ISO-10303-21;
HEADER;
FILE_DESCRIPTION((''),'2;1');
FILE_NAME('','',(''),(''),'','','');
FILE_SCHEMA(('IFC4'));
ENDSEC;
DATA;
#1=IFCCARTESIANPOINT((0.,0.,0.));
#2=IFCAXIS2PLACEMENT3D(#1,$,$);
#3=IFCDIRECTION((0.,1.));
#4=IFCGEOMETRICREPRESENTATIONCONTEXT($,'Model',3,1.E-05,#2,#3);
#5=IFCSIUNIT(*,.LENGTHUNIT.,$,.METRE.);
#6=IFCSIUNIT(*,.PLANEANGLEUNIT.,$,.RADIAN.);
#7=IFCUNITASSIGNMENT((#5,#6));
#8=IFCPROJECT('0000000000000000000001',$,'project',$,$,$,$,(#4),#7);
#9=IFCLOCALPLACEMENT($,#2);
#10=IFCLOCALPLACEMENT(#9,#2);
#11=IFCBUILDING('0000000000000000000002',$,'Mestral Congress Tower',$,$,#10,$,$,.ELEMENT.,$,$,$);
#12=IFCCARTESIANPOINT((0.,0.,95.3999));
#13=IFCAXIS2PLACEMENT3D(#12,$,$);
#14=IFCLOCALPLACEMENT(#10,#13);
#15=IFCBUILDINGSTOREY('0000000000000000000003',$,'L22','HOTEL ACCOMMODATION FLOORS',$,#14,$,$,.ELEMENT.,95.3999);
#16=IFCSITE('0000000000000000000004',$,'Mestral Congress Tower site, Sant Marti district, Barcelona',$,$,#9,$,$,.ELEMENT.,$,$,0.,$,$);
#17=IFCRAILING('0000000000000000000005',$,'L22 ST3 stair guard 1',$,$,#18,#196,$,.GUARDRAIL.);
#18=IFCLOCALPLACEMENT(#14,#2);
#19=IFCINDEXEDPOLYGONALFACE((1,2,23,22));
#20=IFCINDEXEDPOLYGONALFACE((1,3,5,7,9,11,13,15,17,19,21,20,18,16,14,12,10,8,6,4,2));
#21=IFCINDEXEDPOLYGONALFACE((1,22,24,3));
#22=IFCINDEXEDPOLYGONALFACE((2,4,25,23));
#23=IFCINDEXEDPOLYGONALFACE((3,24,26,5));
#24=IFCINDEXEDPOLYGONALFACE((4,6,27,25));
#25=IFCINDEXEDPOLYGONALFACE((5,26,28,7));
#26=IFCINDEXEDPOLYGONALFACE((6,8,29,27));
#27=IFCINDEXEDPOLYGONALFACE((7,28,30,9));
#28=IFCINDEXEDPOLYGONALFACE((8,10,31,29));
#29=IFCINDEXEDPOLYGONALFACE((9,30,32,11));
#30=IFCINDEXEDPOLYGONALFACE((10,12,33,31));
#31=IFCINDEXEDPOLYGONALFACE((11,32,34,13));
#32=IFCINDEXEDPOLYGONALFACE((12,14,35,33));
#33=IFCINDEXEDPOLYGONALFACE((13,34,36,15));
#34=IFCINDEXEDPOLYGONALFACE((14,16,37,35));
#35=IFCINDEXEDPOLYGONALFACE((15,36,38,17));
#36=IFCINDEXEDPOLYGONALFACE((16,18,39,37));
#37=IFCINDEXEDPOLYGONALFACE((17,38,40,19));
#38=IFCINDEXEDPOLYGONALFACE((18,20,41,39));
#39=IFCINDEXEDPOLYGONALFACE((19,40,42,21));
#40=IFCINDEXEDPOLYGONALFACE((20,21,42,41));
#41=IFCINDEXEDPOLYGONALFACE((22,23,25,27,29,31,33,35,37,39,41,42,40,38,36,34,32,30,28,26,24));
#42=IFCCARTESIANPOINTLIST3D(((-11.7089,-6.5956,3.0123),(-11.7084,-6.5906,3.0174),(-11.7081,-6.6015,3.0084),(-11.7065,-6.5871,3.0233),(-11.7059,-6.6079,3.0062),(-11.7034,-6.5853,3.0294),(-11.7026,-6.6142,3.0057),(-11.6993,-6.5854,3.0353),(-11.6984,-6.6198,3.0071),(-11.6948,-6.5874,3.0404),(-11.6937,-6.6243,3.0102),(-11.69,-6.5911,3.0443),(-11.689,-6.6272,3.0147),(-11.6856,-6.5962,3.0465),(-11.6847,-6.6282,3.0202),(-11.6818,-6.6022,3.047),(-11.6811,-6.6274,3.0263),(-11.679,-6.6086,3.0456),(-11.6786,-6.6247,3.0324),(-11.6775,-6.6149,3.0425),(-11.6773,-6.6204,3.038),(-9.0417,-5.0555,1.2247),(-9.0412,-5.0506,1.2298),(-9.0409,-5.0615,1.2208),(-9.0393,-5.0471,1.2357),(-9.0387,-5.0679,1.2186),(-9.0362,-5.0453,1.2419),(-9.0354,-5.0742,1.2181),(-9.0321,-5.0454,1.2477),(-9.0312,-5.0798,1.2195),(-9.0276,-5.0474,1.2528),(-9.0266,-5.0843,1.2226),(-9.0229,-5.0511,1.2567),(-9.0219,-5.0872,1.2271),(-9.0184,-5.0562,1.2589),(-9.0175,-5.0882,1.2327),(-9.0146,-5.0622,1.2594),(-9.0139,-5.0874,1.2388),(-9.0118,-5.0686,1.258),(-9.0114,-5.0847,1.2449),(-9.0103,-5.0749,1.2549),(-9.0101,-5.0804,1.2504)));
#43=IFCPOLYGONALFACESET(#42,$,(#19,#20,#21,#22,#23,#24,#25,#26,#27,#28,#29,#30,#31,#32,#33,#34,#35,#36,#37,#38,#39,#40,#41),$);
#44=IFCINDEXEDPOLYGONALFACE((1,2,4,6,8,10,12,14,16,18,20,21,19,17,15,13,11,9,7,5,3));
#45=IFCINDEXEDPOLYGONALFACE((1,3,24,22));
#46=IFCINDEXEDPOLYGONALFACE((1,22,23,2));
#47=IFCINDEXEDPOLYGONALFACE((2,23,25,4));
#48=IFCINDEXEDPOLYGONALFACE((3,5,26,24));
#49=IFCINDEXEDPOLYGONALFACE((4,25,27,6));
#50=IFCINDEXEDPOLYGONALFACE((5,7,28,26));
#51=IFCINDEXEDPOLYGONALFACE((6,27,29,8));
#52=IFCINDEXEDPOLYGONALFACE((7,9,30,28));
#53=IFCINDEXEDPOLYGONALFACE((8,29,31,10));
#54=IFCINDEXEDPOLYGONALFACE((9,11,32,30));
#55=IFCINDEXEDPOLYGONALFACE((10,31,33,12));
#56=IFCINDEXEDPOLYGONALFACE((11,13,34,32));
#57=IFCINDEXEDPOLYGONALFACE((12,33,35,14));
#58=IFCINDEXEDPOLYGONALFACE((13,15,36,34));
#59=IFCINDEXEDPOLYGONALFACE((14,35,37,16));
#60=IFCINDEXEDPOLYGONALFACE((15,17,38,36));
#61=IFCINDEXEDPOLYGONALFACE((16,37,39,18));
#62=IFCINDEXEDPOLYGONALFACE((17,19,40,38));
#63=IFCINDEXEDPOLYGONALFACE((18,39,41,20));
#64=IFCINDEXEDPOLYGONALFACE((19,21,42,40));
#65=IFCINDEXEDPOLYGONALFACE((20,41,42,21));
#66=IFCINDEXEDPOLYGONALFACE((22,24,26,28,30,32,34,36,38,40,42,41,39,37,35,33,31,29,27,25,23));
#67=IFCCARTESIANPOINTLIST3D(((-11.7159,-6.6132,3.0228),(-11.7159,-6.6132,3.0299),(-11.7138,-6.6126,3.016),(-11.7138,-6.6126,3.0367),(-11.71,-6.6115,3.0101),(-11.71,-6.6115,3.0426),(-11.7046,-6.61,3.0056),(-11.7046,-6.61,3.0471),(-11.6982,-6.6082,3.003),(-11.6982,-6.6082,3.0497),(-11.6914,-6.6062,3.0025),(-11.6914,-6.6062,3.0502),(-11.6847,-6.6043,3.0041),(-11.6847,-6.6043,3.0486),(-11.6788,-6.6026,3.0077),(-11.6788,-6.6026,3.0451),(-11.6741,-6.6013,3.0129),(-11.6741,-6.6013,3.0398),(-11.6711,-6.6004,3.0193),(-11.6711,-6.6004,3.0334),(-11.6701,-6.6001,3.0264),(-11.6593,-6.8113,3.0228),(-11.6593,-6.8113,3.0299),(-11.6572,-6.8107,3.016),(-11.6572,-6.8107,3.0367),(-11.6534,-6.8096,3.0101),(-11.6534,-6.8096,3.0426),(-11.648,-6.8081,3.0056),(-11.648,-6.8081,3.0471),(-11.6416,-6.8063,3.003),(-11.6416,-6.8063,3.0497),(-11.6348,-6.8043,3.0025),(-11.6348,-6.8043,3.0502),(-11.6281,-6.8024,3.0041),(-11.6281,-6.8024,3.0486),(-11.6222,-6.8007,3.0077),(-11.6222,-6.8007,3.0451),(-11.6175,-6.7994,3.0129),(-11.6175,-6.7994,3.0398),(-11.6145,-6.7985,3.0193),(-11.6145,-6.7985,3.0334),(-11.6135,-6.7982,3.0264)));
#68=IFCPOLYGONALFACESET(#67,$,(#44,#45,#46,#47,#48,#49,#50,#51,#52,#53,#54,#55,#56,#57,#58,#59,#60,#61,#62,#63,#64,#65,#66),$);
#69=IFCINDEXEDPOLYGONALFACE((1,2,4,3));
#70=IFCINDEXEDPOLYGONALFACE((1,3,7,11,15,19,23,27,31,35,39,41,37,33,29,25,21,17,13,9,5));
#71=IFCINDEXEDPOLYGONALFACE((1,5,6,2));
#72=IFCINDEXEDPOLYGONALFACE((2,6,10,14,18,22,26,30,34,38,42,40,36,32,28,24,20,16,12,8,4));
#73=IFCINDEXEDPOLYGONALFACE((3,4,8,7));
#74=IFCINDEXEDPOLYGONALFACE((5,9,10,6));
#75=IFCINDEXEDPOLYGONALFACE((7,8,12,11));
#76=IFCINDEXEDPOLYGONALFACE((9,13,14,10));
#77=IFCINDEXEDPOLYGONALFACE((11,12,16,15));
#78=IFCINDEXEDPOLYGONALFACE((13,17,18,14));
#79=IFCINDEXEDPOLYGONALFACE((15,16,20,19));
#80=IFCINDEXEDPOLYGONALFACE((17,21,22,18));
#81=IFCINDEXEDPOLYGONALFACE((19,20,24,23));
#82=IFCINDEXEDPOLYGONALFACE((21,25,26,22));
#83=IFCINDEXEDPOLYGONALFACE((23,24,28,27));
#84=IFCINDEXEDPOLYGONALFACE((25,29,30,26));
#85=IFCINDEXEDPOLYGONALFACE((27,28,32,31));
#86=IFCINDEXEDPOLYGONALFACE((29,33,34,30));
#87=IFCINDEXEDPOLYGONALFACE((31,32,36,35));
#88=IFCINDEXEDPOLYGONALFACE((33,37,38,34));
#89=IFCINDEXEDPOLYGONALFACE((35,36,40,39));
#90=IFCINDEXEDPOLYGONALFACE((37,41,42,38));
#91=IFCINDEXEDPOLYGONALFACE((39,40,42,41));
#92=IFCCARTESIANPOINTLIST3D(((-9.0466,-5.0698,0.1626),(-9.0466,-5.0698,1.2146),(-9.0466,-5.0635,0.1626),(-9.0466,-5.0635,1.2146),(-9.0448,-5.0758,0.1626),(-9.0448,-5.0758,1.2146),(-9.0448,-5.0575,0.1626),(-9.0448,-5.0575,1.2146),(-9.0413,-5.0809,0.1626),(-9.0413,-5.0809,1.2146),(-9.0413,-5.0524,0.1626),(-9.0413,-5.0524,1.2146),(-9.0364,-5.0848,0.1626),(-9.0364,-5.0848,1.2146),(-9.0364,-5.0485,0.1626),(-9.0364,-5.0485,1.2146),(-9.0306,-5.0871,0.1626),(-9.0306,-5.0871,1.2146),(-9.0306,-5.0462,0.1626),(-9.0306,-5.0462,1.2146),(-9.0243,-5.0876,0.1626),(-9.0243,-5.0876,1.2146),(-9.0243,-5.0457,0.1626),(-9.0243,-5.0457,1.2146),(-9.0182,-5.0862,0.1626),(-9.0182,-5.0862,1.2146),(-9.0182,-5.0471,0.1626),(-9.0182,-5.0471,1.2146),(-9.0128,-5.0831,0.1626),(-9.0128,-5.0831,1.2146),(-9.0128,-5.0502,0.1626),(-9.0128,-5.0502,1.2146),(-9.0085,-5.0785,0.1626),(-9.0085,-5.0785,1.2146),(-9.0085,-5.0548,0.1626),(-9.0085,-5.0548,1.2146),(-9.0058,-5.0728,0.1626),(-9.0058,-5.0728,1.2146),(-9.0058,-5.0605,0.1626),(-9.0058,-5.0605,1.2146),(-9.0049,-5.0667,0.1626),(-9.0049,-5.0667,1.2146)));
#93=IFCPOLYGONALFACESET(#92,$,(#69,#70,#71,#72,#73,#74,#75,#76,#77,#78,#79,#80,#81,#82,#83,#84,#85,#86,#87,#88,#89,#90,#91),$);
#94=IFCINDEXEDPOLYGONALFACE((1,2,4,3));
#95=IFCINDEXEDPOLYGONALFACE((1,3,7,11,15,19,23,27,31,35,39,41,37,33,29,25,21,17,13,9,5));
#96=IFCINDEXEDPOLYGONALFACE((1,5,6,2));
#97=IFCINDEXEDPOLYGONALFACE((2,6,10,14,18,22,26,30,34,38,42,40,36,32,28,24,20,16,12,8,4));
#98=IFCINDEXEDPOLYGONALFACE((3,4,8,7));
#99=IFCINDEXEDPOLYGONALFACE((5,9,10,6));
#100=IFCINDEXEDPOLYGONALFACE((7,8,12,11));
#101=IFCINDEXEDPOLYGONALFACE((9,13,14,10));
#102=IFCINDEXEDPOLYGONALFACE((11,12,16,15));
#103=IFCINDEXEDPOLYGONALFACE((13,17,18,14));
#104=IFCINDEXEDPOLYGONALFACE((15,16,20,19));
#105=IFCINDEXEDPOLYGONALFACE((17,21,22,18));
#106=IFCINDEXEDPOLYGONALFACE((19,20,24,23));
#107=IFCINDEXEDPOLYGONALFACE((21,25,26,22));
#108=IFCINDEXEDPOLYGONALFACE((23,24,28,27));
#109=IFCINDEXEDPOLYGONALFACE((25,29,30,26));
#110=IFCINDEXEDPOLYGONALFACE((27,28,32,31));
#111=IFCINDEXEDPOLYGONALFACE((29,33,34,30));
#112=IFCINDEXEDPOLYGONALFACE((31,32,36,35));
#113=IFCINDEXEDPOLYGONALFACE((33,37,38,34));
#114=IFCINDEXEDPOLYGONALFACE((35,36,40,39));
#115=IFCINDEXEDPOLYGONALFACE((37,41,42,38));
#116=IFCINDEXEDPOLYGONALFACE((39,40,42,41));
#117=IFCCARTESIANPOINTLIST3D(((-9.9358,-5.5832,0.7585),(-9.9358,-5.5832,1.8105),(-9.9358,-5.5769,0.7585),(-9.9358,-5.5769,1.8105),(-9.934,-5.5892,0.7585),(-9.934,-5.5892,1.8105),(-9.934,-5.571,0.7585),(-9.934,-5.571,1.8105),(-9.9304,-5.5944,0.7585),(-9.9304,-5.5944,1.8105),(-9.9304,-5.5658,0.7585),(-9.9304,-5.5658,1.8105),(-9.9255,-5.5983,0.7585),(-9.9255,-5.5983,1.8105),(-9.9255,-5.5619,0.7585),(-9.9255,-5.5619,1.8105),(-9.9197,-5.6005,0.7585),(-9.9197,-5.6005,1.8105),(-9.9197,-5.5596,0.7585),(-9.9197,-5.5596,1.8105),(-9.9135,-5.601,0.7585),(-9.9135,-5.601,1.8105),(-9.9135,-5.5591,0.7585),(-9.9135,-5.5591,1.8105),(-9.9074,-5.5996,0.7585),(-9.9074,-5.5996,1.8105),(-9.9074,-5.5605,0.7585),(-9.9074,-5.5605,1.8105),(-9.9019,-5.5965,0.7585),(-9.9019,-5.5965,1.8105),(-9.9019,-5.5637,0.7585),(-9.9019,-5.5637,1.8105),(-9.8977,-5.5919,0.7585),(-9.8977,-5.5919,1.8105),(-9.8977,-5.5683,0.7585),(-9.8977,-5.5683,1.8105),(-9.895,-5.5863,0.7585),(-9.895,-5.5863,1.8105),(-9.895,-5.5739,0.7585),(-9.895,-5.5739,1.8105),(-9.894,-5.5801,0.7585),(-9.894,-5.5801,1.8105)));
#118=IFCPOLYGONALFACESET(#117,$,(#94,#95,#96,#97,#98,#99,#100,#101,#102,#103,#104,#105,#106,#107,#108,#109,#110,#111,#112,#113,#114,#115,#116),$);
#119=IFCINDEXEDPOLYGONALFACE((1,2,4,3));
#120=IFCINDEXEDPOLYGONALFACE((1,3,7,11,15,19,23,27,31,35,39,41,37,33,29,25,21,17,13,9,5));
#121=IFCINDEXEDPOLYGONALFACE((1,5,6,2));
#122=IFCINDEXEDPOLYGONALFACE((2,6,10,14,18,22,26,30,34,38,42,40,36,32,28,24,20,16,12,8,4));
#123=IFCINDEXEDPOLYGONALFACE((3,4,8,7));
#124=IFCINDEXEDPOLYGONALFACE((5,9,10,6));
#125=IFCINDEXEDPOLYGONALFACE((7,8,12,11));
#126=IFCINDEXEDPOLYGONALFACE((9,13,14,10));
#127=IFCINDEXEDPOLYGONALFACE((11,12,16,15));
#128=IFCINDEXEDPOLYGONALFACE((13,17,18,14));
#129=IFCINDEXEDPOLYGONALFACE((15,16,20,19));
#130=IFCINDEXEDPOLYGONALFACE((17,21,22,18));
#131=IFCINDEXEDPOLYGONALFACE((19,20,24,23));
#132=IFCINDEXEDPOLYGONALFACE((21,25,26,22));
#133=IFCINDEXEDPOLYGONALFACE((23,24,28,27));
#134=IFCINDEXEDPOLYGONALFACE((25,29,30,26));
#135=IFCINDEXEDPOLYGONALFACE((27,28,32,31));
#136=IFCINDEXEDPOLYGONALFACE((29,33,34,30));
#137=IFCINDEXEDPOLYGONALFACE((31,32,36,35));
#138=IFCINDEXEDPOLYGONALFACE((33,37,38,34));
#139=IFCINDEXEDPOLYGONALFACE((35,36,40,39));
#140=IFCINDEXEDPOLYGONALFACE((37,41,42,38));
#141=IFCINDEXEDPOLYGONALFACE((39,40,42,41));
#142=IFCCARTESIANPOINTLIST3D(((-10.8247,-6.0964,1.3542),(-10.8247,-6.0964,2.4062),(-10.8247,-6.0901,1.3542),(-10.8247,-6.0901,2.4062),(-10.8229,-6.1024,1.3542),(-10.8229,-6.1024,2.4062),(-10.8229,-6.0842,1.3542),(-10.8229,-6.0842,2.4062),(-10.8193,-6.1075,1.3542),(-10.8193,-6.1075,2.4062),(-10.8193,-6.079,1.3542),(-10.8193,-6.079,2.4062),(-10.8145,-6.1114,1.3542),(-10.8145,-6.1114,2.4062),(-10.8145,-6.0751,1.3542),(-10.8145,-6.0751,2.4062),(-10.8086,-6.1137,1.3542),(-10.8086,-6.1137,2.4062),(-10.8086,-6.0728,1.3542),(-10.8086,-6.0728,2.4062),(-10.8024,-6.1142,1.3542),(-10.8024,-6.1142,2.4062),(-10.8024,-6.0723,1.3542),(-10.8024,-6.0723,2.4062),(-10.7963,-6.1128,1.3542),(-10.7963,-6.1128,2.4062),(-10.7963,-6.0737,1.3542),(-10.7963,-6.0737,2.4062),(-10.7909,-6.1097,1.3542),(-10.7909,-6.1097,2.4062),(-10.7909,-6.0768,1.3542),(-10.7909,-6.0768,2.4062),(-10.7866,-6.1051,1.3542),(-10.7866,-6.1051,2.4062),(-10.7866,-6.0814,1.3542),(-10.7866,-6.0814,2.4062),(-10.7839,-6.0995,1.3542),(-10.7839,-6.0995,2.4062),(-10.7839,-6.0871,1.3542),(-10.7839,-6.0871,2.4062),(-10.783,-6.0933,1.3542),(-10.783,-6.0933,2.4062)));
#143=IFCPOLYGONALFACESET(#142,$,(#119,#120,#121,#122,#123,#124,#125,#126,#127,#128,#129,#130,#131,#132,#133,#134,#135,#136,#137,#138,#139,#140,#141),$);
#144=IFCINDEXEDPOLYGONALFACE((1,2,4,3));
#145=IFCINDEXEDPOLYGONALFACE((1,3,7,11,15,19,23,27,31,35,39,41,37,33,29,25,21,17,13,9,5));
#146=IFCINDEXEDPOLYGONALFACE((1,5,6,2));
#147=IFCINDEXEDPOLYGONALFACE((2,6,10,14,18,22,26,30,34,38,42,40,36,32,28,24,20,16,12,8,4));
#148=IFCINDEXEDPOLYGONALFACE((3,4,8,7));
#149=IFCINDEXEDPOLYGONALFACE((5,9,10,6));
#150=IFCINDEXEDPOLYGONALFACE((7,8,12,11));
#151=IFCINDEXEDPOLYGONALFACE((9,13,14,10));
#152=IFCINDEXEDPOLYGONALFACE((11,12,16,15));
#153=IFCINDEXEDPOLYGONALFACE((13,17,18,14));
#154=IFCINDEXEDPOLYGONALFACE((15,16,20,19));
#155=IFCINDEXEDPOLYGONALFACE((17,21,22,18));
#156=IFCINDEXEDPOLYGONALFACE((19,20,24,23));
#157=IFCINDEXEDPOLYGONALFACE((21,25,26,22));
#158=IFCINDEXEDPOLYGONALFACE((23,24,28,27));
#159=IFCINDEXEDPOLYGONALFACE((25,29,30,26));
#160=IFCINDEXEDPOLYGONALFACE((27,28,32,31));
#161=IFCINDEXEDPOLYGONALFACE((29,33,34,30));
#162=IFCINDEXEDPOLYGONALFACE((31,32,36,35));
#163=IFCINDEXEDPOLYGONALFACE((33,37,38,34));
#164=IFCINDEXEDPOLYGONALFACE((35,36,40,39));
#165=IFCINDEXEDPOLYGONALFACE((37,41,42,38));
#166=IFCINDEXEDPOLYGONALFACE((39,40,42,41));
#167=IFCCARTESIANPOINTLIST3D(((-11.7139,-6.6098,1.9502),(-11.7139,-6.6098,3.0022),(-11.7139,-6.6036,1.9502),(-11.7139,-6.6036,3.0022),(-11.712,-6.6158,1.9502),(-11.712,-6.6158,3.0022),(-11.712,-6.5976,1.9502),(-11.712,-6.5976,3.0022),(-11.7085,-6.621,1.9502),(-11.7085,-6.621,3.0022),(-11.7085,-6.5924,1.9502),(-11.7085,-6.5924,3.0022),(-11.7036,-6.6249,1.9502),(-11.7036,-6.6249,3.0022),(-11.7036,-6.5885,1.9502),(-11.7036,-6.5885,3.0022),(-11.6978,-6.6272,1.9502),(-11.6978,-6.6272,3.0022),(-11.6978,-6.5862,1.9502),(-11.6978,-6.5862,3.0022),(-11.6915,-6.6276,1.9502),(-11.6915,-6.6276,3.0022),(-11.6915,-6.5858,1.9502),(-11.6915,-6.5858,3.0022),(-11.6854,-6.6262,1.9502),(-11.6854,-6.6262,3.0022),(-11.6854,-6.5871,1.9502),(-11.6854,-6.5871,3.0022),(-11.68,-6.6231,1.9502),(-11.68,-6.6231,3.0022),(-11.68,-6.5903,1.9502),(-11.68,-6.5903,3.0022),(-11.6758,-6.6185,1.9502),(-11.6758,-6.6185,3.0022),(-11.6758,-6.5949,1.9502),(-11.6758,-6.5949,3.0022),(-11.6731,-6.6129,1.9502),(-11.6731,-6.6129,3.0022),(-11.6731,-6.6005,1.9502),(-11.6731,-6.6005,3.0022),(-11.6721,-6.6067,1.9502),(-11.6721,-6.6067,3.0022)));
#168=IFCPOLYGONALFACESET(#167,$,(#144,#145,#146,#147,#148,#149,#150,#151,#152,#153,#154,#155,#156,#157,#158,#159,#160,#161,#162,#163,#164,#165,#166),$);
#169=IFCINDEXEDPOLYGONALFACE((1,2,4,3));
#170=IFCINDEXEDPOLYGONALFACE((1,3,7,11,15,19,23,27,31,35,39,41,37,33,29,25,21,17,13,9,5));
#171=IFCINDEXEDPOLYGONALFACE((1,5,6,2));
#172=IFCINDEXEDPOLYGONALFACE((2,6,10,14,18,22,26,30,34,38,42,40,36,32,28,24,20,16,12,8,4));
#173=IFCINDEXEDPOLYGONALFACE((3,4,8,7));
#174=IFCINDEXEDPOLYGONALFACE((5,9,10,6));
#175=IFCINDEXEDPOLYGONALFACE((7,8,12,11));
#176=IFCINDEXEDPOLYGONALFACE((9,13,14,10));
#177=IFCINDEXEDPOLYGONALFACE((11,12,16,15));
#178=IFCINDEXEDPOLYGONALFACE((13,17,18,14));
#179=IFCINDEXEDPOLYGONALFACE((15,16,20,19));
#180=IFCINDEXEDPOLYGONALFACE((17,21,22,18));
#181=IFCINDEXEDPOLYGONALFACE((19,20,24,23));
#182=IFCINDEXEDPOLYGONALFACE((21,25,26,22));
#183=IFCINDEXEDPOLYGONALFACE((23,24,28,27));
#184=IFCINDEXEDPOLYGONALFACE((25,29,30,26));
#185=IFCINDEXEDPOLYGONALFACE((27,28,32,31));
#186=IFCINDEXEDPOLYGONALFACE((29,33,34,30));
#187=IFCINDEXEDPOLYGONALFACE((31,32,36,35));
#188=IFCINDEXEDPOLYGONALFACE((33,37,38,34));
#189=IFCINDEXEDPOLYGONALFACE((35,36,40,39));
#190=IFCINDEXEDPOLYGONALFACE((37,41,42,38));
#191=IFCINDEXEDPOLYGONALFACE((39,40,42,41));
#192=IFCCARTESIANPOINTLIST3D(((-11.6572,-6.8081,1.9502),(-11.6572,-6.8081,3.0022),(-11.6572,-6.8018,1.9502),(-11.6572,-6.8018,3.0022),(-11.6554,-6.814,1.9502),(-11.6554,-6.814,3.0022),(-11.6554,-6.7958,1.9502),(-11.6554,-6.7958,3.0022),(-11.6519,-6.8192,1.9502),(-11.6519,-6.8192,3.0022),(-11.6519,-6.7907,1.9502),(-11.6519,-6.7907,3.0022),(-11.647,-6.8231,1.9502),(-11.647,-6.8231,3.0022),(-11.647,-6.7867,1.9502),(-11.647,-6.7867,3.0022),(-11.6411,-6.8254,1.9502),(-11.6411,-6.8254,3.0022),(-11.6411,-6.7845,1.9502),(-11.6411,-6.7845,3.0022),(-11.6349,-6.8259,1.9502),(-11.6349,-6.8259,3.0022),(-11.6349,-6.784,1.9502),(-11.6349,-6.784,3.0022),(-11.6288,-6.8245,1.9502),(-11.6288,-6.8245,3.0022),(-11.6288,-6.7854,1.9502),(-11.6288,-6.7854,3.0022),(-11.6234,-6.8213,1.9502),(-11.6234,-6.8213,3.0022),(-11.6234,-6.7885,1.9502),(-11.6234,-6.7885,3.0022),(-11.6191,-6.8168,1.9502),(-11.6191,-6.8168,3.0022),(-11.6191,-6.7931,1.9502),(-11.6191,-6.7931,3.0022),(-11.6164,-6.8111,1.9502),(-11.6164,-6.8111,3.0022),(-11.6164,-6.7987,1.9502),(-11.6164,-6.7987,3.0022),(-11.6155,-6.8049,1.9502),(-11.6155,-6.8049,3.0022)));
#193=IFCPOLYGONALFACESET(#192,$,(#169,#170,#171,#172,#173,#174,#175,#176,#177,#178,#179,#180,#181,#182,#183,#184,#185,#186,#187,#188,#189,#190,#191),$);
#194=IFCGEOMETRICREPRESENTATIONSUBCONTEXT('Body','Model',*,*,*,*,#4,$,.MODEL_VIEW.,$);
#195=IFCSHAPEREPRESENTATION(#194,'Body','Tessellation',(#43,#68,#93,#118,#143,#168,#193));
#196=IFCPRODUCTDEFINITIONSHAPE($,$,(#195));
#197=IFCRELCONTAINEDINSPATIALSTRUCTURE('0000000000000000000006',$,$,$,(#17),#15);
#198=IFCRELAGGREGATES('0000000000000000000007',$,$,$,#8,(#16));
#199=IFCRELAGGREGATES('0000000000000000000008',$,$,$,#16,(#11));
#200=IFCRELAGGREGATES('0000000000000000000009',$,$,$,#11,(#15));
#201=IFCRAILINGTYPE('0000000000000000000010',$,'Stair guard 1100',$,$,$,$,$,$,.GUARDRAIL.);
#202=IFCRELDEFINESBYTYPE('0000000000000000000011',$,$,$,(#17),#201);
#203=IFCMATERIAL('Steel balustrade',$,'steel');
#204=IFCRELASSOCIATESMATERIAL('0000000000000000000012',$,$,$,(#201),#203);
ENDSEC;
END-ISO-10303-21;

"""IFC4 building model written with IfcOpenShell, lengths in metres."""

from ifc_helpers import new_model, si_unit, direction, frame, origin, origin_2d, place, context, subcontext, project, spatial, circle, extrude, material, type_object, element, save


model = new_model("IFC4")

# Units and contexts
model_context = context("Model", 3, precision=1e-05, world=origin(), true_north=direction((0.0, 1.0)))
body_context = subcontext(model_context, "Body", "Model", "MODEL_VIEW")
ifc_project = project(units=[si_unit("LENGTHUNIT", "METRE"), si_unit("PLANEANGLEUNIT", "RADIAN")], contexts=[model_context])

# Site, building, storey
site_placement = place(None, origin())
site = spatial("IfcSite", under=ifc_project, at=site_placement, Name="Mestral Congress Tower site, Sant Marti district, Barcelona", CompositionType="ELEMENT", RefElevation=0.0)
building_placement = place(site_placement, origin())
building = spatial("IfcBuilding", under=site, at=building_placement, Name="Mestral Congress Tower", CompositionType="ELEMENT")
storey_placement = place(building_placement, frame((0.0, 0.0, 95.3999)))
storey = spatial("IfcBuildingStorey", under=building, at=storey_placement, Name="L22", Description="HOTEL ACCOMMODATION FLOORS", CompositionType="ELEMENT", Elevation=95.3999)

# Railing
ifc_material_1 = material(Name="Steel balustrade", Category="steel")
railing_type_1 = type_object("IfcRailingType", Name="Stair guard 1100", PredefinedType="GUARDRAIL", material=ifc_material_1)
railing_1_placement = place(storey_placement, frame((-9.0259, -5.0667, 0.1626)))
element("IfcRailing", 1, at=railing_1_placement, inside=storey, type_object=railing_type_1, Name="L22 ST3 stair guard 1", PredefinedType="GUARDRAIL", context=body_context, shape_type="SweptSolid", body=[
    extrude(circle(Radius=0.0239, at=origin_2d()), frame((0.0, 0.0, 1.0762), z_axis=(-0.748994, -0.432463, 0.50198), x_axis=(0.500027, -0.86601, 0.0)), (0.0, 0.0, 1.0), 3.561),
    extrude(circle(Radius=0.0239, at=origin_2d()), frame((-2.6672, -1.54, 2.8638), z_axis=(0.274721, -0.961524, 0.0), x_axis=(0.961524, 0.274721, 0.0)), (0.0, 0.0, 1.0), 0.2061),
    extrude(circle(Radius=0.021, at=origin_2d()), origin(), (0.0, 0.0, 1.0), 1.052),
    extrude(circle(Radius=0.021, at=origin_2d()), frame((-0.8892, -0.5134, 0.5959)), (0.0, 0.0, 1.0), 1.052),
    extrude(circle(Radius=0.021, at=origin_2d()), frame((-1.7781, -1.0266, 1.1917)), (0.0, 0.0, 1.0), 1.052),
    extrude(circle(Radius=0.021, at=origin_2d()), frame((-2.6672, -1.54, 1.7876)), (0.0, 0.0, 1.0), 1.052),
    extrude(circle(Radius=0.021, at=origin_2d()), frame((-2.6106, -1.7383, 1.7876)), (0.0, 0.0, 1.0), 1.052),
])

save(model, "model.ifc")
